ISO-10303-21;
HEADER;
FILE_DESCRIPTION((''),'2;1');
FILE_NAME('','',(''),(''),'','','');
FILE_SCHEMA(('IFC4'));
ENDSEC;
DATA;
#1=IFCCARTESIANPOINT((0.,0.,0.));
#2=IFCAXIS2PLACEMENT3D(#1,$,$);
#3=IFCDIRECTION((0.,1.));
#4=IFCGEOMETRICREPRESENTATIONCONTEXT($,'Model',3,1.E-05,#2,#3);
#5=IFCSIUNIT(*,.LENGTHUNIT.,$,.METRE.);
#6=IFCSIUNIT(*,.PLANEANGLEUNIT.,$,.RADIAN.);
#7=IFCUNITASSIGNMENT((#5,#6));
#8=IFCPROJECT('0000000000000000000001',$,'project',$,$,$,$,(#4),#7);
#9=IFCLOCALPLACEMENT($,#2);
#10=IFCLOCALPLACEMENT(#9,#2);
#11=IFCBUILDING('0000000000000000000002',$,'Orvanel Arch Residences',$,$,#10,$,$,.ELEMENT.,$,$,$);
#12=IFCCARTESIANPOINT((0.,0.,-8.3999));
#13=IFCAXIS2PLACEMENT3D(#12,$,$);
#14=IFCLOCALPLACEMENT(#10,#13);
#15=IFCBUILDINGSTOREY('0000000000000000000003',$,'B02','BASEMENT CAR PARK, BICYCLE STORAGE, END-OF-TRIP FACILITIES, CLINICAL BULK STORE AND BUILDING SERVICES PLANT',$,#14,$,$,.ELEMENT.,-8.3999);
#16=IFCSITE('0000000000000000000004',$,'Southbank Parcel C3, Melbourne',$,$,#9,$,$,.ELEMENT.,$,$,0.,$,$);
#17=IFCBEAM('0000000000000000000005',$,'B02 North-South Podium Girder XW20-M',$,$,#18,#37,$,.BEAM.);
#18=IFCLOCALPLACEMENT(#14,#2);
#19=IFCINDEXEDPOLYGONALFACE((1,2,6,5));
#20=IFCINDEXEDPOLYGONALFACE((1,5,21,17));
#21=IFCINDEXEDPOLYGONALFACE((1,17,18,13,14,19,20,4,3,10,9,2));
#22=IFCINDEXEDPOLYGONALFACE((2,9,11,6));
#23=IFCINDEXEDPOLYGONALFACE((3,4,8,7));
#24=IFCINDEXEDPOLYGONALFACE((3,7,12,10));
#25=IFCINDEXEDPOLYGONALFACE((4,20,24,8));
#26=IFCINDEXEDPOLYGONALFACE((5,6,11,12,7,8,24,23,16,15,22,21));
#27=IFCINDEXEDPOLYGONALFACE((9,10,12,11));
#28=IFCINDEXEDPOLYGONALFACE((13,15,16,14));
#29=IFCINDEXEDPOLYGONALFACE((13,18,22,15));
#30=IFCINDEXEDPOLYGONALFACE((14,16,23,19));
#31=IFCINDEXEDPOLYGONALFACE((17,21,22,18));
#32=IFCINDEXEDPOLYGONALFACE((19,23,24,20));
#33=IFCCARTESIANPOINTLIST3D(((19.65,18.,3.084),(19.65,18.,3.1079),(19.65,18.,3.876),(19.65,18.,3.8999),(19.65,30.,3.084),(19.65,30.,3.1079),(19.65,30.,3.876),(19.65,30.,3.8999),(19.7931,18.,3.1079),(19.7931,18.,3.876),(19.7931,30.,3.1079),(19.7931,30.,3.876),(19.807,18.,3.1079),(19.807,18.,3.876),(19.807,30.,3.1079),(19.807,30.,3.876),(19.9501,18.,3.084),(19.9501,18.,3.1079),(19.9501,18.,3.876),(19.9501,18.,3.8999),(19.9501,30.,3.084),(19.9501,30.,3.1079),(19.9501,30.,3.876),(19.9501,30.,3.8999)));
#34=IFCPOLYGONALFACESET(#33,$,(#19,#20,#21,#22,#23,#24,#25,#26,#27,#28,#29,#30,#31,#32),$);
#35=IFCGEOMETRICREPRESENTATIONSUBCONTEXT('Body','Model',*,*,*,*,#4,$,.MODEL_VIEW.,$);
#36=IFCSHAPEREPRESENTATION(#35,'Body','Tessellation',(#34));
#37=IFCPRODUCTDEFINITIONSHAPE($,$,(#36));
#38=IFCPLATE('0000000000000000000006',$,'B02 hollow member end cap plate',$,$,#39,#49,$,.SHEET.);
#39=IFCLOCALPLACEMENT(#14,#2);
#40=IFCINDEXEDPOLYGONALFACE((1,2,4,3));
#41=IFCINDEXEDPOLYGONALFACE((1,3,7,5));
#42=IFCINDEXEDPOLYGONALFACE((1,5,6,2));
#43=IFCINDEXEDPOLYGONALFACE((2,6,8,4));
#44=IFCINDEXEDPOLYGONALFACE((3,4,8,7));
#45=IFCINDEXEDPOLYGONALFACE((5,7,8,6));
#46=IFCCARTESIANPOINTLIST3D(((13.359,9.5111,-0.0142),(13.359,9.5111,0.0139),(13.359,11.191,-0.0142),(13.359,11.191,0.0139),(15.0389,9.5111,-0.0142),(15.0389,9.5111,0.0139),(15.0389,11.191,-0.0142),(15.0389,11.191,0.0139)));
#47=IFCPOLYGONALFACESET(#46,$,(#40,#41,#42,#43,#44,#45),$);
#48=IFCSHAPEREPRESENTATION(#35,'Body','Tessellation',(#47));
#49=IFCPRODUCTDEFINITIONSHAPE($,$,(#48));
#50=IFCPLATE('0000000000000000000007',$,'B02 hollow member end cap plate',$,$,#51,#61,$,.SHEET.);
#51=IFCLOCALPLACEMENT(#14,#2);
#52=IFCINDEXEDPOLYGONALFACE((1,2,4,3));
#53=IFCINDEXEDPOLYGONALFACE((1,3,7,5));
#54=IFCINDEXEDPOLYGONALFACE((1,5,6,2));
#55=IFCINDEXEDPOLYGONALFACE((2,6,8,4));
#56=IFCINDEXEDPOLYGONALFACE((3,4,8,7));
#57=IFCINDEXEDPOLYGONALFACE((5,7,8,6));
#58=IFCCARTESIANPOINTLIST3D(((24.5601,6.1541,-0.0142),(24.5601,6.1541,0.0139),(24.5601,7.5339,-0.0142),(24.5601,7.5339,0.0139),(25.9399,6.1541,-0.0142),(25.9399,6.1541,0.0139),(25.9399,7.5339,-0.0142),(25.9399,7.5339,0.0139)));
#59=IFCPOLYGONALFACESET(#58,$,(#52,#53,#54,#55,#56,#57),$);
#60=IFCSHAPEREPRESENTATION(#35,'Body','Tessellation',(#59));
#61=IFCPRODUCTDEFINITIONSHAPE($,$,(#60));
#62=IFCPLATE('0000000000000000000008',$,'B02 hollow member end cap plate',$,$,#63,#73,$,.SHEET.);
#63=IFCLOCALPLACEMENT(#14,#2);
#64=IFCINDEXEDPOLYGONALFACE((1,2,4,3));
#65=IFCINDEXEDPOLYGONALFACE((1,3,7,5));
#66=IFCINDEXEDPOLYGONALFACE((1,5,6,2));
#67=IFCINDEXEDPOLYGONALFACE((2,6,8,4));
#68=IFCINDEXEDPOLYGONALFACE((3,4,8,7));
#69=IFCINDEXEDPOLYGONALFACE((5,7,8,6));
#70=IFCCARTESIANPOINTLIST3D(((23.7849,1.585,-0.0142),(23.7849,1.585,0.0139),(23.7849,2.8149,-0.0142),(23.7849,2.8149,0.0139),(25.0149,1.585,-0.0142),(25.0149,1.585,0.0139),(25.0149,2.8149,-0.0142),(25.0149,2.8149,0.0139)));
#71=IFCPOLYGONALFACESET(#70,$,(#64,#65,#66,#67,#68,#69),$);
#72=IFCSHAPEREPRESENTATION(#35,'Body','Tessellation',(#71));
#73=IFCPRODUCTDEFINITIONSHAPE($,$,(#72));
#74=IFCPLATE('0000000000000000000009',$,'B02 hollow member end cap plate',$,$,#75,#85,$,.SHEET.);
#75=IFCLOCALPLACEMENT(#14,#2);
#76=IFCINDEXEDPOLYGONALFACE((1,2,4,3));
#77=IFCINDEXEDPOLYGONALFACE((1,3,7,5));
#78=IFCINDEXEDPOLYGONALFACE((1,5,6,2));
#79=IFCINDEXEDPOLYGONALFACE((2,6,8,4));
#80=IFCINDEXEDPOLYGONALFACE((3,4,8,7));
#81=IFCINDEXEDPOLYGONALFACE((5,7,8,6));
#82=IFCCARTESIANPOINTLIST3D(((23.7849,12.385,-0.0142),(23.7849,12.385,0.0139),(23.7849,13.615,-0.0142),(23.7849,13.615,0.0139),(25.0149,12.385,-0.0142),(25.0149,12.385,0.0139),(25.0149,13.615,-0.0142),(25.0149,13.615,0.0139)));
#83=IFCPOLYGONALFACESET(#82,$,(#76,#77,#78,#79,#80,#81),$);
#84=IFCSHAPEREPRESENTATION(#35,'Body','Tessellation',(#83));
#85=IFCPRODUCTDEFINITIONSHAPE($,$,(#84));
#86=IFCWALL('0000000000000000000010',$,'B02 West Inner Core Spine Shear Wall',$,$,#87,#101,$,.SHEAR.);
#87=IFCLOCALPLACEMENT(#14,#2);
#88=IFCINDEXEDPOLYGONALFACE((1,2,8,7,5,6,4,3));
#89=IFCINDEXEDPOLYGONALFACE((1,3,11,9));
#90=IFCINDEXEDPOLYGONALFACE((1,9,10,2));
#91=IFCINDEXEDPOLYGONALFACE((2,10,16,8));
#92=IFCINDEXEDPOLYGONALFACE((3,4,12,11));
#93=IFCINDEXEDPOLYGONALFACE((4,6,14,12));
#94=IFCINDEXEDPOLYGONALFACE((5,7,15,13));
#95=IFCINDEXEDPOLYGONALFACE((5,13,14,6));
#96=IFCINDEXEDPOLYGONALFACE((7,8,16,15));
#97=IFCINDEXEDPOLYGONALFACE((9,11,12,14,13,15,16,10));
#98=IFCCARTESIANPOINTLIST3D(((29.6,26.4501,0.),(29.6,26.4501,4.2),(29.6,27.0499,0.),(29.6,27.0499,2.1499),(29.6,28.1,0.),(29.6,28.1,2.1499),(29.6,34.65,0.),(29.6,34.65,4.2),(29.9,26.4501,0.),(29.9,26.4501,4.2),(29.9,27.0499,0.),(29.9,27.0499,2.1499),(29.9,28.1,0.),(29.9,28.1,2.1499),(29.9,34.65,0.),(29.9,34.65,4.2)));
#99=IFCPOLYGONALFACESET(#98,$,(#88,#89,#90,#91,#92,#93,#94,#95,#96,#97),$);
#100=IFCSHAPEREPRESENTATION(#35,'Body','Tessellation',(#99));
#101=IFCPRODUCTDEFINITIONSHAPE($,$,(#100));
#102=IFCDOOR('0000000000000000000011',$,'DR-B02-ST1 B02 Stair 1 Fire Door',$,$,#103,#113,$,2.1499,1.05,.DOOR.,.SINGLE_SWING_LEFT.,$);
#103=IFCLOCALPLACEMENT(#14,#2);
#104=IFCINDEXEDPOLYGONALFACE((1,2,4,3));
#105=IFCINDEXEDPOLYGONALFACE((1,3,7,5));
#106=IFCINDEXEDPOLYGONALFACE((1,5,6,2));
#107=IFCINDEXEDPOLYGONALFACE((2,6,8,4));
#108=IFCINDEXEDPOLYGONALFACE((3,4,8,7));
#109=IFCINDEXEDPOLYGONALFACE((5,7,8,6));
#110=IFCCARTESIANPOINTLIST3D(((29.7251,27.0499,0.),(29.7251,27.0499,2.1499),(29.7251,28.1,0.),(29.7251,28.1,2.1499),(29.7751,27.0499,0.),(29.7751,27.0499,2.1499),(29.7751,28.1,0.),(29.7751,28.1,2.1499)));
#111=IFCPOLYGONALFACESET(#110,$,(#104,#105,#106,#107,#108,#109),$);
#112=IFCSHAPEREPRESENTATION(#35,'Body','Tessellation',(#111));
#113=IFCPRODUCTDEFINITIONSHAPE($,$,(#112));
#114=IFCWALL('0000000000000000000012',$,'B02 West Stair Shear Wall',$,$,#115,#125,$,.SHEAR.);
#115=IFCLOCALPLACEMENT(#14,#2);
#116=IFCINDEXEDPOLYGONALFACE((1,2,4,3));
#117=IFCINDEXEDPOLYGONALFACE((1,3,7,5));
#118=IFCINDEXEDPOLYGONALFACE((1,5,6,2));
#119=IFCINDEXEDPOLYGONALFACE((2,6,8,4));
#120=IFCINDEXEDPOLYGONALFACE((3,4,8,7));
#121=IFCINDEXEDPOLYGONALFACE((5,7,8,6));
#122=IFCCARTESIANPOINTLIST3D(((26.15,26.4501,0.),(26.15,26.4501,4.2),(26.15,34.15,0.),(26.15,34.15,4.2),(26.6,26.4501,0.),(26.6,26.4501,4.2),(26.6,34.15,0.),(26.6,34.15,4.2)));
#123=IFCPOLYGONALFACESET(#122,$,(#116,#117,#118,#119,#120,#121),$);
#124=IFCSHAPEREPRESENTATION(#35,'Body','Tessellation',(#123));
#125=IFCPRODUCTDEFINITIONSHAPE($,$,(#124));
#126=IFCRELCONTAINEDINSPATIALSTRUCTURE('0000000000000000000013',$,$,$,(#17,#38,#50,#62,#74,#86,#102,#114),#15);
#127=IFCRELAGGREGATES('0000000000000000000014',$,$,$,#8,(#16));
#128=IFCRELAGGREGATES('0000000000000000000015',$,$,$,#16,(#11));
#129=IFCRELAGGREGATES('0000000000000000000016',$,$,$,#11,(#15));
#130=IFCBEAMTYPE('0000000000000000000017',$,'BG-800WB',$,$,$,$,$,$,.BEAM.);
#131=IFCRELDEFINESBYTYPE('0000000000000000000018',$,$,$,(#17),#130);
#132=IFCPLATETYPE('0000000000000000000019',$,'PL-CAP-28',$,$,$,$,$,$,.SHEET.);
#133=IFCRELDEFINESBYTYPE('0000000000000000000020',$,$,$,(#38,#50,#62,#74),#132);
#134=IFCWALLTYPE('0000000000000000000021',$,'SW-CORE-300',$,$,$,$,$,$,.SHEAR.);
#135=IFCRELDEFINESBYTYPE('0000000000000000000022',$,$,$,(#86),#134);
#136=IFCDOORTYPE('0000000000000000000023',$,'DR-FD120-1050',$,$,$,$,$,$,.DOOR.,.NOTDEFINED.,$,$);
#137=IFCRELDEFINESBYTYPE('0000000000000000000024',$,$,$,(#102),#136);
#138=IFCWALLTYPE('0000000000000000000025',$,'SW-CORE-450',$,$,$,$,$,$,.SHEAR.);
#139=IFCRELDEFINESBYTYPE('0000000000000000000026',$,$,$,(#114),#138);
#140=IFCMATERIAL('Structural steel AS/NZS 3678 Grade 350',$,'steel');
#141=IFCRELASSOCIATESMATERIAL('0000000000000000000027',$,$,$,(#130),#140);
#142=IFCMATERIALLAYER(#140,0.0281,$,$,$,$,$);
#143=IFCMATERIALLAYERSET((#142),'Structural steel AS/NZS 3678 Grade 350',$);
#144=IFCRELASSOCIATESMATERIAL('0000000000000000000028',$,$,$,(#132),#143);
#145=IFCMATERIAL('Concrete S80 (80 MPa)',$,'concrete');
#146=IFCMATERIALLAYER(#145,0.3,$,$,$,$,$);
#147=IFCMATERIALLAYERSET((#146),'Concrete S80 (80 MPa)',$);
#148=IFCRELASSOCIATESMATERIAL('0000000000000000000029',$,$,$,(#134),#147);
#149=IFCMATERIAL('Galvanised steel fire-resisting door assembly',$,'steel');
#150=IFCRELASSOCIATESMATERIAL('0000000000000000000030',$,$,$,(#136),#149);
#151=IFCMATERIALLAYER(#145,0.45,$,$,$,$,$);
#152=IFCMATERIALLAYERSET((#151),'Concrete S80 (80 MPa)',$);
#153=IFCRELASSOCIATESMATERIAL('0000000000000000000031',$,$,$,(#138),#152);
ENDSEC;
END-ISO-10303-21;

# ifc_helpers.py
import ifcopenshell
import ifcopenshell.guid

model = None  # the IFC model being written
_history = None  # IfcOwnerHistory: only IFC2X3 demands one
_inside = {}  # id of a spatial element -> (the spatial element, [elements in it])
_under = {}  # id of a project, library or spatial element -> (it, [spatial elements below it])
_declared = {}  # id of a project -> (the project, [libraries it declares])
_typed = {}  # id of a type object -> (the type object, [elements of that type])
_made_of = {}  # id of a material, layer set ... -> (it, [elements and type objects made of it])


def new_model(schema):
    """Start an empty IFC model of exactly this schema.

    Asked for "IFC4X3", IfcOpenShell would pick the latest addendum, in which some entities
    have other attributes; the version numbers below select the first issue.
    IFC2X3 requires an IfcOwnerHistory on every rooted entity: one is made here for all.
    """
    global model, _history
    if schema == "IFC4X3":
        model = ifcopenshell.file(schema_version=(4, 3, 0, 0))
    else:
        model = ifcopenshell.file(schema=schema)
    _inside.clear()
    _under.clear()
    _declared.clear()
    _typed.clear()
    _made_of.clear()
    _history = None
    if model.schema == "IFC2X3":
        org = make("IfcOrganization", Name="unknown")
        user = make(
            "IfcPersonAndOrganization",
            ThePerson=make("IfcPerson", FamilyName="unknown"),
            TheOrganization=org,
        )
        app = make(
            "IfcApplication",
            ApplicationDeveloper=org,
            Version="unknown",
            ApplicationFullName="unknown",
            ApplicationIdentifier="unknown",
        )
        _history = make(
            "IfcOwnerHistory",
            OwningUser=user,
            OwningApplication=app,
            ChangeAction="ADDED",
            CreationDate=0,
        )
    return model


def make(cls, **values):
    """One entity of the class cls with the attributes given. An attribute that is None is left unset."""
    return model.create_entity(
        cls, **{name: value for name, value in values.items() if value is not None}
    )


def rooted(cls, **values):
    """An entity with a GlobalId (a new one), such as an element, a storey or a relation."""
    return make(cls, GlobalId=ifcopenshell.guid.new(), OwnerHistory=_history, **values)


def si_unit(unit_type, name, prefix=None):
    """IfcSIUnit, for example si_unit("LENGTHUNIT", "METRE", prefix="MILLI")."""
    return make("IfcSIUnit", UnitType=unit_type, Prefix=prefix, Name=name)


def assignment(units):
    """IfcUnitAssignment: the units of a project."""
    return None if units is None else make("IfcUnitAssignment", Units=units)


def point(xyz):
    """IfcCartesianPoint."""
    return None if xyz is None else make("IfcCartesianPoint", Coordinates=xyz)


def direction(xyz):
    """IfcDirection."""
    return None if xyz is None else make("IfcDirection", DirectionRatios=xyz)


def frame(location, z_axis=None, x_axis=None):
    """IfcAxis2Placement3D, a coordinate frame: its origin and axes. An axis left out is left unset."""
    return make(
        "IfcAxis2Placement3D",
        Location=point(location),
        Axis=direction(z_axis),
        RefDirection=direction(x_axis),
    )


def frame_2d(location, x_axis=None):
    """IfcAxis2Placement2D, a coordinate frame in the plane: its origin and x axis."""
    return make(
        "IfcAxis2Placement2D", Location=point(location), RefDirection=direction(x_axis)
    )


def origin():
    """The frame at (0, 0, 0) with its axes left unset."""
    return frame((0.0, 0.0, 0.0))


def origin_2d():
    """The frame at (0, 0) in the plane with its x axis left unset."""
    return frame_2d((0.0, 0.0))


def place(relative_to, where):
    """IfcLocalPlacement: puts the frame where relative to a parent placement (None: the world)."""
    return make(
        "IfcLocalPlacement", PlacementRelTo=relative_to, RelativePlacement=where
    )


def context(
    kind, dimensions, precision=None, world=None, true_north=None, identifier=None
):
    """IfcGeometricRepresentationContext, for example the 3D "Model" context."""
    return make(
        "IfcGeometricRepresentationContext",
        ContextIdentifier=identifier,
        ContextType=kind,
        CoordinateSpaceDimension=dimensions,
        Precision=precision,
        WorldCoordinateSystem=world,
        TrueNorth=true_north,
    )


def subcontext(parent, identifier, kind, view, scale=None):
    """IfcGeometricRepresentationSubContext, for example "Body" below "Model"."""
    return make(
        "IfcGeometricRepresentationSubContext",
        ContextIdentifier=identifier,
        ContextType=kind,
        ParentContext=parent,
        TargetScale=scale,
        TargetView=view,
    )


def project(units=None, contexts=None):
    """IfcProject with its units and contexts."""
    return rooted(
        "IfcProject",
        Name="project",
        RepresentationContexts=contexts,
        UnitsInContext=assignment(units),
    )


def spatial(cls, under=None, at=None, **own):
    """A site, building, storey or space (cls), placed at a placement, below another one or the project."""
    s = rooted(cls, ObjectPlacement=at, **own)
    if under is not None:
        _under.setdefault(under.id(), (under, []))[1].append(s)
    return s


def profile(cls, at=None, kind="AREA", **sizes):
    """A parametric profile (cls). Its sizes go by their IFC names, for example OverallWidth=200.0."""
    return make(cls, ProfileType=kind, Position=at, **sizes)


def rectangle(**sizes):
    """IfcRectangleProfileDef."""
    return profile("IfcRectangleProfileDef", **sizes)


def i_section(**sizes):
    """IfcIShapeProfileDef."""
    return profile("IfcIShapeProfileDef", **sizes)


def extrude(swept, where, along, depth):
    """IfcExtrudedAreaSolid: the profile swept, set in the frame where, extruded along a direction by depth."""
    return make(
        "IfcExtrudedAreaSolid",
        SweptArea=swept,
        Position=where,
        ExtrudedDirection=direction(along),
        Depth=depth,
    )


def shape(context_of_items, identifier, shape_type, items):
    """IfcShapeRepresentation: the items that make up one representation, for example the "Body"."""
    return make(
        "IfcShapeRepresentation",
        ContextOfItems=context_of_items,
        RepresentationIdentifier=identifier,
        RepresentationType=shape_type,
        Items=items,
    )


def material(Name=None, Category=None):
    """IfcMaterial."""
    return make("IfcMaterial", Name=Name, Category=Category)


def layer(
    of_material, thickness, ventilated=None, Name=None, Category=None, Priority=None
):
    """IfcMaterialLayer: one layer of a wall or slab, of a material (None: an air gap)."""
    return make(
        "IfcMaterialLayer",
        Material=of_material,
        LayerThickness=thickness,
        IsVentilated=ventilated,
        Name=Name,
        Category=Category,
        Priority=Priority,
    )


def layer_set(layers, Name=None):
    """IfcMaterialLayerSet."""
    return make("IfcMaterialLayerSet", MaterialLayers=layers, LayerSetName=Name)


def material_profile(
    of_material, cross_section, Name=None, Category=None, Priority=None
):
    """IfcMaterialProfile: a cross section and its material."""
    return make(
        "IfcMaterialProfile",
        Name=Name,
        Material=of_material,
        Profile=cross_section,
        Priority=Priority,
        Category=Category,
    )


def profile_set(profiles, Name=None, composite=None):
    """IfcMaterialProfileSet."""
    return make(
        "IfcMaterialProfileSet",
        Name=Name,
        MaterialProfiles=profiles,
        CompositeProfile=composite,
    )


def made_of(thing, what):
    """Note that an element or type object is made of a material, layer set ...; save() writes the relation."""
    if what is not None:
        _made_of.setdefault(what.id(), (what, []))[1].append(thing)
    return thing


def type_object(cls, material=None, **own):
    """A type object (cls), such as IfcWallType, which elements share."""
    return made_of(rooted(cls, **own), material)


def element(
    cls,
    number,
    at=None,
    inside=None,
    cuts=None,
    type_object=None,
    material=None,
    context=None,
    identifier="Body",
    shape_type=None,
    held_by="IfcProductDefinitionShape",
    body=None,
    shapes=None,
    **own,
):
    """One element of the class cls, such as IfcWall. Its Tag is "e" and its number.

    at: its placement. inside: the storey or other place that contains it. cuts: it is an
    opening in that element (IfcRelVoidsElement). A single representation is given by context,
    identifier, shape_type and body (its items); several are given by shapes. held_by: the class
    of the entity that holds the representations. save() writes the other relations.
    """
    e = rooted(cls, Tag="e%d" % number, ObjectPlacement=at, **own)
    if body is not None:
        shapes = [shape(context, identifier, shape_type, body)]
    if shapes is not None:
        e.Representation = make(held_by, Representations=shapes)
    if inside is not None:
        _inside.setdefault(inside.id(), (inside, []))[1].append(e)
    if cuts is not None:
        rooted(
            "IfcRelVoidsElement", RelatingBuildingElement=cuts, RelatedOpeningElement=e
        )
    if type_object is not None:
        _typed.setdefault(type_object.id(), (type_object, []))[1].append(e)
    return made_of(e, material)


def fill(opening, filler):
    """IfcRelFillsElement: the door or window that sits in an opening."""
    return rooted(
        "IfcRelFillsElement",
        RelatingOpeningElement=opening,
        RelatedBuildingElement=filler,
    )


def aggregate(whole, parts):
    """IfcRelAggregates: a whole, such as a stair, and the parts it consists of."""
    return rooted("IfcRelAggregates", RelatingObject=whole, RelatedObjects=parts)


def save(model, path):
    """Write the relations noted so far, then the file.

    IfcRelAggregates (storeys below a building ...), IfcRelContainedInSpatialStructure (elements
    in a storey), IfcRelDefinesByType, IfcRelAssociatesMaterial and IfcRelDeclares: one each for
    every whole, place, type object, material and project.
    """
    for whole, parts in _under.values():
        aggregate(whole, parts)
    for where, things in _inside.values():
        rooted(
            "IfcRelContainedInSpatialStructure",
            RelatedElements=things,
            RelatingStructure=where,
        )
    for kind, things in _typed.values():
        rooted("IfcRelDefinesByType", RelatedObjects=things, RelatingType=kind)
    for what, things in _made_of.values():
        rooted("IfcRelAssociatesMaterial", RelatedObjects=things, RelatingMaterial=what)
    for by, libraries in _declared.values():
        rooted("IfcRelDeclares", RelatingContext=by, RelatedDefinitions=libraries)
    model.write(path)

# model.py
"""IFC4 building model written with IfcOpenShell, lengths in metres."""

from ifc_helpers import new_model, si_unit, direction, frame, frame_2d, origin, origin_2d, place, context, subcontext, project, spatial, rectangle, i_section, extrude, material, layer, layer_set, material_profile, profile_set, type_object, element, fill, save


model = new_model("IFC4")

# Units and contexts
model_context = context("Model", 3, precision=1e-05, world=origin(), true_north=direction((0.0, 1.0)))
body_context = subcontext(model_context, "Body", "Model", "MODEL_VIEW")
ifc_project = project(units=[si_unit("LENGTHUNIT", "METRE"), si_unit("PLANEANGLEUNIT", "RADIAN")], contexts=[model_context])

# Site, building, storey
site_placement = place(None, origin())
site = spatial("IfcSite", under=ifc_project, at=site_placement, Name="Southbank Parcel C3, Melbourne", CompositionType="ELEMENT", RefElevation=0.0)
building_placement = place(site_placement, origin())
building = spatial("IfcBuilding", under=site, at=building_placement, Name="Orvanel Arch Residences", CompositionType="ELEMENT")
storey_placement = place(building_placement, frame((0.0, 0.0, -8.3999)))
storey = spatial("IfcBuildingStorey", under=building, at=storey_placement, Name="B02", Description="BASEMENT CAR PARK, BICYCLE STORAGE, END-OF-TRIP FACILITIES, CLINICAL BULK STORE AND BUILDING SERVICES PLANT", CompositionType="ELEMENT", Elevation=-8.3999)

# Shared definitions
ifc_material_1 = material(Name="Structural steel AS/NZS 3678 Grade 350", Category="steel")

# Beam
ifc_material_profile_1 = material_profile(ifc_material_1, i_section(OverallWidth=0.3, OverallDepth=0.8159, WebThickness=0.0139, FlangeThickness=0.0239, at=origin_2d()), Name="800WB192")
ifc_profile_set_1 = profile_set([ifc_material_profile_1], Name="Structural steel AS/NZS 3678 Grade 350")
beam_type = type_object("IfcBeamType", Name="BG-800WB", PredefinedType="BEAM", material=ifc_profile_set_1)
for number, where, z_axis, x_axis, name in (
    (1, (19.8, 18.0, 3.4919), (0.0, 1.0, 0.0), (-1.0, 0.0, 0.0), "B02 North-South Podium Girder XW20-M"),
):
    element("IfcBeam", number, at=place(storey_placement, frame(where, z_axis=z_axis, x_axis=x_axis)), inside=storey, type_object=beam_type, Name=name, PredefinedType="BEAM", context=body_context, shape_type="SweptSolid", body=[
        extrude(i_section(OverallWidth=0.3, OverallDepth=0.8159, WebThickness=0.0139, FlangeThickness=0.0239, at=origin_2d()), origin(), (0.0, 0.0, 1.0), 12.0),
    ])

# Plates
ifc_layer_1 = layer(ifc_material_1, 0.0281)
ifc_layer_set_1 = layer_set([ifc_layer_1], Name="Structural steel AS/NZS 3678 Grade 350")
plate_type = type_object("IfcPlateType", Name="PL-CAP-28", PredefinedType="SHEET", material=ifc_layer_set_1)
plate_1_placement = place(storey_placement, frame((14.199, 10.3511, -0.0142), z_axis=(0.0, 0.0, 1.0), x_axis=(1.0, 0.0, 0.0)))
element("IfcPlate", 2, at=plate_1_placement, inside=storey, type_object=plate_type, Name="B02 hollow member end cap plate", PredefinedType="SHEET", context=body_context, shape_type="SweptSolid", body=[
    extrude(rectangle(XDim=1.6799, YDim=1.6799, at=origin_2d()), origin(), (0.0, 0.0, 1.0), 0.0281),
])
plate_2_placement = place(storey_placement, frame((25.25, 6.844, -0.0142), z_axis=(0.0, 0.0, 1.0), x_axis=(1.0, 0.0, 0.0)))
element("IfcPlate", 3, at=plate_2_placement, inside=storey, type_object=plate_type, Name="B02 hollow member end cap plate", PredefinedType="SHEET", context=body_context, shape_type="SweptSolid", body=[
    extrude(rectangle(XDim=1.3799, YDim=1.3799, at=origin_2d()), origin(), (0.0, 0.0, 1.0), 0.0281),
])
for number, where, z_axis, x_axis, name in (
    (4, (24.3999, 2.2, -0.0142), (0.0, 0.0, 1.0), (1.0, 0.0, 0.0), "B02 hollow member end cap plate"),
    (5, (24.3999, 13.0, -0.0142), (0.0, 0.0, 1.0), (1.0, 0.0, 0.0), "B02 hollow member end cap plate"),
):
    element("IfcPlate", number, at=place(storey_placement, frame(where, z_axis=z_axis, x_axis=x_axis)), inside=storey, type_object=plate_type, Name=name, PredefinedType="SHEET", context=body_context, shape_type="SweptSolid", body=[
        extrude(rectangle(XDim=1.23, YDim=1.23, at=origin_2d()), origin(), (0.0, 0.0, 1.0), 0.0281),
    ])

# Wall, opening, door
ifc_material_2 = material(Name="Concrete S80 (80 MPa)", Category="concrete")
ifc_layer_2 = layer(ifc_material_2, 0.3)
ifc_layer_set_2 = layer_set([ifc_layer_2], Name="Concrete S80 (80 MPa)")
wall_type_1 = type_object("IfcWallType", Name="SW-CORE-300", PredefinedType="SHEAR", material=ifc_layer_set_2)
wall_1_placement = place(storey_placement, frame((29.75, 26.45, 0.0), z_axis=(0.0, 0.0, 1.0), x_axis=(0.0, 1.0, 0.0)))
wall_1 = element("IfcWall", 6, at=wall_1_placement, inside=storey, type_object=wall_type_1, Name="B02 West Inner Core Spine Shear Wall", PredefinedType="SHEAR", context=body_context, shape_type="SweptSolid", body=[
    extrude(rectangle(XDim=8.2, YDim=0.3, at=frame_2d((4.1001, 0.0))), origin(), (0.0, 0.0, 1.0), 4.2),
])
opening_1_placement = place(wall_1_placement, frame((0.6001, 0.0, 0.0)))
opening_1 = element("IfcOpeningElement", 7, at=opening_1_placement, cuts=wall_1, PredefinedType="OPENING", context=body_context, shape_type="SweptSolid", body=[
    extrude(rectangle(XDim=1.05, YDim=2.1499, at=frame_2d((0.5249, 1.075))), frame((0.0, 0.1599, 0.0), z_axis=(0.0, -1.0, 0.0), x_axis=(1.0, 0.0, 0.0)), (0.0, 0.0, 1.0), 0.3201),
])
ifc_material_3 = material(Name="Galvanised steel fire-resisting door assembly", Category="steel")
door_type_1 = type_object("IfcDoorType", Name="DR-FD120-1050", OperationType="NOTDEFINED", PredefinedType="DOOR", material=ifc_material_3)
door_1_placement = place(opening_1_placement, origin())
door_1 = element("IfcDoor", 8, at=door_1_placement, inside=storey, type_object=door_type_1, Name="DR-B02-ST1 B02 Stair 1 Fire Door", OperationType="SINGLE_SWING_LEFT", OverallHeight=2.1499, OverallWidth=1.05, PredefinedType="DOOR", context=body_context, shape_type="SweptSolid", body=[
    extrude(rectangle(XDim=1.05, YDim=2.1499, at=frame_2d((0.5249, 1.075))), frame((0.0, 0.0249, 0.0), z_axis=(0.0, -1.0, 0.0), x_axis=(1.0, 0.0, 0.0)), (0.0, 0.0, 1.0), 0.05),
])
fill(opening_1, door_1)

# Shared definitions
ifc_layer_3 = layer(ifc_material_2, 0.45)
ifc_layer_set_3 = layer_set([ifc_layer_3], Name="Concrete S80 (80 MPa)")
wall_type_2 = type_object("IfcWallType", Name="SW-CORE-450", PredefinedType="SHEAR", material=ifc_layer_set_3)

# Wall
wall_2_placement = place(storey_placement, frame((26.375, 26.45, 0.0), z_axis=(0.0, 0.0, 1.0), x_axis=(0.0, 1.0, 0.0)))
element("IfcWall", 9, at=wall_2_placement, inside=storey, type_object=wall_type_2, Name="B02 West Stair Shear Wall", PredefinedType="SHEAR", context=body_context, shape_type="SweptSolid", body=[
    extrude(rectangle(XDim=7.7, YDim=0.45, at=frame_2d((3.8501, 0.0))), origin(), (0.0, 0.0, 1.0), 4.2),
])

save(model, "model.ifc")
